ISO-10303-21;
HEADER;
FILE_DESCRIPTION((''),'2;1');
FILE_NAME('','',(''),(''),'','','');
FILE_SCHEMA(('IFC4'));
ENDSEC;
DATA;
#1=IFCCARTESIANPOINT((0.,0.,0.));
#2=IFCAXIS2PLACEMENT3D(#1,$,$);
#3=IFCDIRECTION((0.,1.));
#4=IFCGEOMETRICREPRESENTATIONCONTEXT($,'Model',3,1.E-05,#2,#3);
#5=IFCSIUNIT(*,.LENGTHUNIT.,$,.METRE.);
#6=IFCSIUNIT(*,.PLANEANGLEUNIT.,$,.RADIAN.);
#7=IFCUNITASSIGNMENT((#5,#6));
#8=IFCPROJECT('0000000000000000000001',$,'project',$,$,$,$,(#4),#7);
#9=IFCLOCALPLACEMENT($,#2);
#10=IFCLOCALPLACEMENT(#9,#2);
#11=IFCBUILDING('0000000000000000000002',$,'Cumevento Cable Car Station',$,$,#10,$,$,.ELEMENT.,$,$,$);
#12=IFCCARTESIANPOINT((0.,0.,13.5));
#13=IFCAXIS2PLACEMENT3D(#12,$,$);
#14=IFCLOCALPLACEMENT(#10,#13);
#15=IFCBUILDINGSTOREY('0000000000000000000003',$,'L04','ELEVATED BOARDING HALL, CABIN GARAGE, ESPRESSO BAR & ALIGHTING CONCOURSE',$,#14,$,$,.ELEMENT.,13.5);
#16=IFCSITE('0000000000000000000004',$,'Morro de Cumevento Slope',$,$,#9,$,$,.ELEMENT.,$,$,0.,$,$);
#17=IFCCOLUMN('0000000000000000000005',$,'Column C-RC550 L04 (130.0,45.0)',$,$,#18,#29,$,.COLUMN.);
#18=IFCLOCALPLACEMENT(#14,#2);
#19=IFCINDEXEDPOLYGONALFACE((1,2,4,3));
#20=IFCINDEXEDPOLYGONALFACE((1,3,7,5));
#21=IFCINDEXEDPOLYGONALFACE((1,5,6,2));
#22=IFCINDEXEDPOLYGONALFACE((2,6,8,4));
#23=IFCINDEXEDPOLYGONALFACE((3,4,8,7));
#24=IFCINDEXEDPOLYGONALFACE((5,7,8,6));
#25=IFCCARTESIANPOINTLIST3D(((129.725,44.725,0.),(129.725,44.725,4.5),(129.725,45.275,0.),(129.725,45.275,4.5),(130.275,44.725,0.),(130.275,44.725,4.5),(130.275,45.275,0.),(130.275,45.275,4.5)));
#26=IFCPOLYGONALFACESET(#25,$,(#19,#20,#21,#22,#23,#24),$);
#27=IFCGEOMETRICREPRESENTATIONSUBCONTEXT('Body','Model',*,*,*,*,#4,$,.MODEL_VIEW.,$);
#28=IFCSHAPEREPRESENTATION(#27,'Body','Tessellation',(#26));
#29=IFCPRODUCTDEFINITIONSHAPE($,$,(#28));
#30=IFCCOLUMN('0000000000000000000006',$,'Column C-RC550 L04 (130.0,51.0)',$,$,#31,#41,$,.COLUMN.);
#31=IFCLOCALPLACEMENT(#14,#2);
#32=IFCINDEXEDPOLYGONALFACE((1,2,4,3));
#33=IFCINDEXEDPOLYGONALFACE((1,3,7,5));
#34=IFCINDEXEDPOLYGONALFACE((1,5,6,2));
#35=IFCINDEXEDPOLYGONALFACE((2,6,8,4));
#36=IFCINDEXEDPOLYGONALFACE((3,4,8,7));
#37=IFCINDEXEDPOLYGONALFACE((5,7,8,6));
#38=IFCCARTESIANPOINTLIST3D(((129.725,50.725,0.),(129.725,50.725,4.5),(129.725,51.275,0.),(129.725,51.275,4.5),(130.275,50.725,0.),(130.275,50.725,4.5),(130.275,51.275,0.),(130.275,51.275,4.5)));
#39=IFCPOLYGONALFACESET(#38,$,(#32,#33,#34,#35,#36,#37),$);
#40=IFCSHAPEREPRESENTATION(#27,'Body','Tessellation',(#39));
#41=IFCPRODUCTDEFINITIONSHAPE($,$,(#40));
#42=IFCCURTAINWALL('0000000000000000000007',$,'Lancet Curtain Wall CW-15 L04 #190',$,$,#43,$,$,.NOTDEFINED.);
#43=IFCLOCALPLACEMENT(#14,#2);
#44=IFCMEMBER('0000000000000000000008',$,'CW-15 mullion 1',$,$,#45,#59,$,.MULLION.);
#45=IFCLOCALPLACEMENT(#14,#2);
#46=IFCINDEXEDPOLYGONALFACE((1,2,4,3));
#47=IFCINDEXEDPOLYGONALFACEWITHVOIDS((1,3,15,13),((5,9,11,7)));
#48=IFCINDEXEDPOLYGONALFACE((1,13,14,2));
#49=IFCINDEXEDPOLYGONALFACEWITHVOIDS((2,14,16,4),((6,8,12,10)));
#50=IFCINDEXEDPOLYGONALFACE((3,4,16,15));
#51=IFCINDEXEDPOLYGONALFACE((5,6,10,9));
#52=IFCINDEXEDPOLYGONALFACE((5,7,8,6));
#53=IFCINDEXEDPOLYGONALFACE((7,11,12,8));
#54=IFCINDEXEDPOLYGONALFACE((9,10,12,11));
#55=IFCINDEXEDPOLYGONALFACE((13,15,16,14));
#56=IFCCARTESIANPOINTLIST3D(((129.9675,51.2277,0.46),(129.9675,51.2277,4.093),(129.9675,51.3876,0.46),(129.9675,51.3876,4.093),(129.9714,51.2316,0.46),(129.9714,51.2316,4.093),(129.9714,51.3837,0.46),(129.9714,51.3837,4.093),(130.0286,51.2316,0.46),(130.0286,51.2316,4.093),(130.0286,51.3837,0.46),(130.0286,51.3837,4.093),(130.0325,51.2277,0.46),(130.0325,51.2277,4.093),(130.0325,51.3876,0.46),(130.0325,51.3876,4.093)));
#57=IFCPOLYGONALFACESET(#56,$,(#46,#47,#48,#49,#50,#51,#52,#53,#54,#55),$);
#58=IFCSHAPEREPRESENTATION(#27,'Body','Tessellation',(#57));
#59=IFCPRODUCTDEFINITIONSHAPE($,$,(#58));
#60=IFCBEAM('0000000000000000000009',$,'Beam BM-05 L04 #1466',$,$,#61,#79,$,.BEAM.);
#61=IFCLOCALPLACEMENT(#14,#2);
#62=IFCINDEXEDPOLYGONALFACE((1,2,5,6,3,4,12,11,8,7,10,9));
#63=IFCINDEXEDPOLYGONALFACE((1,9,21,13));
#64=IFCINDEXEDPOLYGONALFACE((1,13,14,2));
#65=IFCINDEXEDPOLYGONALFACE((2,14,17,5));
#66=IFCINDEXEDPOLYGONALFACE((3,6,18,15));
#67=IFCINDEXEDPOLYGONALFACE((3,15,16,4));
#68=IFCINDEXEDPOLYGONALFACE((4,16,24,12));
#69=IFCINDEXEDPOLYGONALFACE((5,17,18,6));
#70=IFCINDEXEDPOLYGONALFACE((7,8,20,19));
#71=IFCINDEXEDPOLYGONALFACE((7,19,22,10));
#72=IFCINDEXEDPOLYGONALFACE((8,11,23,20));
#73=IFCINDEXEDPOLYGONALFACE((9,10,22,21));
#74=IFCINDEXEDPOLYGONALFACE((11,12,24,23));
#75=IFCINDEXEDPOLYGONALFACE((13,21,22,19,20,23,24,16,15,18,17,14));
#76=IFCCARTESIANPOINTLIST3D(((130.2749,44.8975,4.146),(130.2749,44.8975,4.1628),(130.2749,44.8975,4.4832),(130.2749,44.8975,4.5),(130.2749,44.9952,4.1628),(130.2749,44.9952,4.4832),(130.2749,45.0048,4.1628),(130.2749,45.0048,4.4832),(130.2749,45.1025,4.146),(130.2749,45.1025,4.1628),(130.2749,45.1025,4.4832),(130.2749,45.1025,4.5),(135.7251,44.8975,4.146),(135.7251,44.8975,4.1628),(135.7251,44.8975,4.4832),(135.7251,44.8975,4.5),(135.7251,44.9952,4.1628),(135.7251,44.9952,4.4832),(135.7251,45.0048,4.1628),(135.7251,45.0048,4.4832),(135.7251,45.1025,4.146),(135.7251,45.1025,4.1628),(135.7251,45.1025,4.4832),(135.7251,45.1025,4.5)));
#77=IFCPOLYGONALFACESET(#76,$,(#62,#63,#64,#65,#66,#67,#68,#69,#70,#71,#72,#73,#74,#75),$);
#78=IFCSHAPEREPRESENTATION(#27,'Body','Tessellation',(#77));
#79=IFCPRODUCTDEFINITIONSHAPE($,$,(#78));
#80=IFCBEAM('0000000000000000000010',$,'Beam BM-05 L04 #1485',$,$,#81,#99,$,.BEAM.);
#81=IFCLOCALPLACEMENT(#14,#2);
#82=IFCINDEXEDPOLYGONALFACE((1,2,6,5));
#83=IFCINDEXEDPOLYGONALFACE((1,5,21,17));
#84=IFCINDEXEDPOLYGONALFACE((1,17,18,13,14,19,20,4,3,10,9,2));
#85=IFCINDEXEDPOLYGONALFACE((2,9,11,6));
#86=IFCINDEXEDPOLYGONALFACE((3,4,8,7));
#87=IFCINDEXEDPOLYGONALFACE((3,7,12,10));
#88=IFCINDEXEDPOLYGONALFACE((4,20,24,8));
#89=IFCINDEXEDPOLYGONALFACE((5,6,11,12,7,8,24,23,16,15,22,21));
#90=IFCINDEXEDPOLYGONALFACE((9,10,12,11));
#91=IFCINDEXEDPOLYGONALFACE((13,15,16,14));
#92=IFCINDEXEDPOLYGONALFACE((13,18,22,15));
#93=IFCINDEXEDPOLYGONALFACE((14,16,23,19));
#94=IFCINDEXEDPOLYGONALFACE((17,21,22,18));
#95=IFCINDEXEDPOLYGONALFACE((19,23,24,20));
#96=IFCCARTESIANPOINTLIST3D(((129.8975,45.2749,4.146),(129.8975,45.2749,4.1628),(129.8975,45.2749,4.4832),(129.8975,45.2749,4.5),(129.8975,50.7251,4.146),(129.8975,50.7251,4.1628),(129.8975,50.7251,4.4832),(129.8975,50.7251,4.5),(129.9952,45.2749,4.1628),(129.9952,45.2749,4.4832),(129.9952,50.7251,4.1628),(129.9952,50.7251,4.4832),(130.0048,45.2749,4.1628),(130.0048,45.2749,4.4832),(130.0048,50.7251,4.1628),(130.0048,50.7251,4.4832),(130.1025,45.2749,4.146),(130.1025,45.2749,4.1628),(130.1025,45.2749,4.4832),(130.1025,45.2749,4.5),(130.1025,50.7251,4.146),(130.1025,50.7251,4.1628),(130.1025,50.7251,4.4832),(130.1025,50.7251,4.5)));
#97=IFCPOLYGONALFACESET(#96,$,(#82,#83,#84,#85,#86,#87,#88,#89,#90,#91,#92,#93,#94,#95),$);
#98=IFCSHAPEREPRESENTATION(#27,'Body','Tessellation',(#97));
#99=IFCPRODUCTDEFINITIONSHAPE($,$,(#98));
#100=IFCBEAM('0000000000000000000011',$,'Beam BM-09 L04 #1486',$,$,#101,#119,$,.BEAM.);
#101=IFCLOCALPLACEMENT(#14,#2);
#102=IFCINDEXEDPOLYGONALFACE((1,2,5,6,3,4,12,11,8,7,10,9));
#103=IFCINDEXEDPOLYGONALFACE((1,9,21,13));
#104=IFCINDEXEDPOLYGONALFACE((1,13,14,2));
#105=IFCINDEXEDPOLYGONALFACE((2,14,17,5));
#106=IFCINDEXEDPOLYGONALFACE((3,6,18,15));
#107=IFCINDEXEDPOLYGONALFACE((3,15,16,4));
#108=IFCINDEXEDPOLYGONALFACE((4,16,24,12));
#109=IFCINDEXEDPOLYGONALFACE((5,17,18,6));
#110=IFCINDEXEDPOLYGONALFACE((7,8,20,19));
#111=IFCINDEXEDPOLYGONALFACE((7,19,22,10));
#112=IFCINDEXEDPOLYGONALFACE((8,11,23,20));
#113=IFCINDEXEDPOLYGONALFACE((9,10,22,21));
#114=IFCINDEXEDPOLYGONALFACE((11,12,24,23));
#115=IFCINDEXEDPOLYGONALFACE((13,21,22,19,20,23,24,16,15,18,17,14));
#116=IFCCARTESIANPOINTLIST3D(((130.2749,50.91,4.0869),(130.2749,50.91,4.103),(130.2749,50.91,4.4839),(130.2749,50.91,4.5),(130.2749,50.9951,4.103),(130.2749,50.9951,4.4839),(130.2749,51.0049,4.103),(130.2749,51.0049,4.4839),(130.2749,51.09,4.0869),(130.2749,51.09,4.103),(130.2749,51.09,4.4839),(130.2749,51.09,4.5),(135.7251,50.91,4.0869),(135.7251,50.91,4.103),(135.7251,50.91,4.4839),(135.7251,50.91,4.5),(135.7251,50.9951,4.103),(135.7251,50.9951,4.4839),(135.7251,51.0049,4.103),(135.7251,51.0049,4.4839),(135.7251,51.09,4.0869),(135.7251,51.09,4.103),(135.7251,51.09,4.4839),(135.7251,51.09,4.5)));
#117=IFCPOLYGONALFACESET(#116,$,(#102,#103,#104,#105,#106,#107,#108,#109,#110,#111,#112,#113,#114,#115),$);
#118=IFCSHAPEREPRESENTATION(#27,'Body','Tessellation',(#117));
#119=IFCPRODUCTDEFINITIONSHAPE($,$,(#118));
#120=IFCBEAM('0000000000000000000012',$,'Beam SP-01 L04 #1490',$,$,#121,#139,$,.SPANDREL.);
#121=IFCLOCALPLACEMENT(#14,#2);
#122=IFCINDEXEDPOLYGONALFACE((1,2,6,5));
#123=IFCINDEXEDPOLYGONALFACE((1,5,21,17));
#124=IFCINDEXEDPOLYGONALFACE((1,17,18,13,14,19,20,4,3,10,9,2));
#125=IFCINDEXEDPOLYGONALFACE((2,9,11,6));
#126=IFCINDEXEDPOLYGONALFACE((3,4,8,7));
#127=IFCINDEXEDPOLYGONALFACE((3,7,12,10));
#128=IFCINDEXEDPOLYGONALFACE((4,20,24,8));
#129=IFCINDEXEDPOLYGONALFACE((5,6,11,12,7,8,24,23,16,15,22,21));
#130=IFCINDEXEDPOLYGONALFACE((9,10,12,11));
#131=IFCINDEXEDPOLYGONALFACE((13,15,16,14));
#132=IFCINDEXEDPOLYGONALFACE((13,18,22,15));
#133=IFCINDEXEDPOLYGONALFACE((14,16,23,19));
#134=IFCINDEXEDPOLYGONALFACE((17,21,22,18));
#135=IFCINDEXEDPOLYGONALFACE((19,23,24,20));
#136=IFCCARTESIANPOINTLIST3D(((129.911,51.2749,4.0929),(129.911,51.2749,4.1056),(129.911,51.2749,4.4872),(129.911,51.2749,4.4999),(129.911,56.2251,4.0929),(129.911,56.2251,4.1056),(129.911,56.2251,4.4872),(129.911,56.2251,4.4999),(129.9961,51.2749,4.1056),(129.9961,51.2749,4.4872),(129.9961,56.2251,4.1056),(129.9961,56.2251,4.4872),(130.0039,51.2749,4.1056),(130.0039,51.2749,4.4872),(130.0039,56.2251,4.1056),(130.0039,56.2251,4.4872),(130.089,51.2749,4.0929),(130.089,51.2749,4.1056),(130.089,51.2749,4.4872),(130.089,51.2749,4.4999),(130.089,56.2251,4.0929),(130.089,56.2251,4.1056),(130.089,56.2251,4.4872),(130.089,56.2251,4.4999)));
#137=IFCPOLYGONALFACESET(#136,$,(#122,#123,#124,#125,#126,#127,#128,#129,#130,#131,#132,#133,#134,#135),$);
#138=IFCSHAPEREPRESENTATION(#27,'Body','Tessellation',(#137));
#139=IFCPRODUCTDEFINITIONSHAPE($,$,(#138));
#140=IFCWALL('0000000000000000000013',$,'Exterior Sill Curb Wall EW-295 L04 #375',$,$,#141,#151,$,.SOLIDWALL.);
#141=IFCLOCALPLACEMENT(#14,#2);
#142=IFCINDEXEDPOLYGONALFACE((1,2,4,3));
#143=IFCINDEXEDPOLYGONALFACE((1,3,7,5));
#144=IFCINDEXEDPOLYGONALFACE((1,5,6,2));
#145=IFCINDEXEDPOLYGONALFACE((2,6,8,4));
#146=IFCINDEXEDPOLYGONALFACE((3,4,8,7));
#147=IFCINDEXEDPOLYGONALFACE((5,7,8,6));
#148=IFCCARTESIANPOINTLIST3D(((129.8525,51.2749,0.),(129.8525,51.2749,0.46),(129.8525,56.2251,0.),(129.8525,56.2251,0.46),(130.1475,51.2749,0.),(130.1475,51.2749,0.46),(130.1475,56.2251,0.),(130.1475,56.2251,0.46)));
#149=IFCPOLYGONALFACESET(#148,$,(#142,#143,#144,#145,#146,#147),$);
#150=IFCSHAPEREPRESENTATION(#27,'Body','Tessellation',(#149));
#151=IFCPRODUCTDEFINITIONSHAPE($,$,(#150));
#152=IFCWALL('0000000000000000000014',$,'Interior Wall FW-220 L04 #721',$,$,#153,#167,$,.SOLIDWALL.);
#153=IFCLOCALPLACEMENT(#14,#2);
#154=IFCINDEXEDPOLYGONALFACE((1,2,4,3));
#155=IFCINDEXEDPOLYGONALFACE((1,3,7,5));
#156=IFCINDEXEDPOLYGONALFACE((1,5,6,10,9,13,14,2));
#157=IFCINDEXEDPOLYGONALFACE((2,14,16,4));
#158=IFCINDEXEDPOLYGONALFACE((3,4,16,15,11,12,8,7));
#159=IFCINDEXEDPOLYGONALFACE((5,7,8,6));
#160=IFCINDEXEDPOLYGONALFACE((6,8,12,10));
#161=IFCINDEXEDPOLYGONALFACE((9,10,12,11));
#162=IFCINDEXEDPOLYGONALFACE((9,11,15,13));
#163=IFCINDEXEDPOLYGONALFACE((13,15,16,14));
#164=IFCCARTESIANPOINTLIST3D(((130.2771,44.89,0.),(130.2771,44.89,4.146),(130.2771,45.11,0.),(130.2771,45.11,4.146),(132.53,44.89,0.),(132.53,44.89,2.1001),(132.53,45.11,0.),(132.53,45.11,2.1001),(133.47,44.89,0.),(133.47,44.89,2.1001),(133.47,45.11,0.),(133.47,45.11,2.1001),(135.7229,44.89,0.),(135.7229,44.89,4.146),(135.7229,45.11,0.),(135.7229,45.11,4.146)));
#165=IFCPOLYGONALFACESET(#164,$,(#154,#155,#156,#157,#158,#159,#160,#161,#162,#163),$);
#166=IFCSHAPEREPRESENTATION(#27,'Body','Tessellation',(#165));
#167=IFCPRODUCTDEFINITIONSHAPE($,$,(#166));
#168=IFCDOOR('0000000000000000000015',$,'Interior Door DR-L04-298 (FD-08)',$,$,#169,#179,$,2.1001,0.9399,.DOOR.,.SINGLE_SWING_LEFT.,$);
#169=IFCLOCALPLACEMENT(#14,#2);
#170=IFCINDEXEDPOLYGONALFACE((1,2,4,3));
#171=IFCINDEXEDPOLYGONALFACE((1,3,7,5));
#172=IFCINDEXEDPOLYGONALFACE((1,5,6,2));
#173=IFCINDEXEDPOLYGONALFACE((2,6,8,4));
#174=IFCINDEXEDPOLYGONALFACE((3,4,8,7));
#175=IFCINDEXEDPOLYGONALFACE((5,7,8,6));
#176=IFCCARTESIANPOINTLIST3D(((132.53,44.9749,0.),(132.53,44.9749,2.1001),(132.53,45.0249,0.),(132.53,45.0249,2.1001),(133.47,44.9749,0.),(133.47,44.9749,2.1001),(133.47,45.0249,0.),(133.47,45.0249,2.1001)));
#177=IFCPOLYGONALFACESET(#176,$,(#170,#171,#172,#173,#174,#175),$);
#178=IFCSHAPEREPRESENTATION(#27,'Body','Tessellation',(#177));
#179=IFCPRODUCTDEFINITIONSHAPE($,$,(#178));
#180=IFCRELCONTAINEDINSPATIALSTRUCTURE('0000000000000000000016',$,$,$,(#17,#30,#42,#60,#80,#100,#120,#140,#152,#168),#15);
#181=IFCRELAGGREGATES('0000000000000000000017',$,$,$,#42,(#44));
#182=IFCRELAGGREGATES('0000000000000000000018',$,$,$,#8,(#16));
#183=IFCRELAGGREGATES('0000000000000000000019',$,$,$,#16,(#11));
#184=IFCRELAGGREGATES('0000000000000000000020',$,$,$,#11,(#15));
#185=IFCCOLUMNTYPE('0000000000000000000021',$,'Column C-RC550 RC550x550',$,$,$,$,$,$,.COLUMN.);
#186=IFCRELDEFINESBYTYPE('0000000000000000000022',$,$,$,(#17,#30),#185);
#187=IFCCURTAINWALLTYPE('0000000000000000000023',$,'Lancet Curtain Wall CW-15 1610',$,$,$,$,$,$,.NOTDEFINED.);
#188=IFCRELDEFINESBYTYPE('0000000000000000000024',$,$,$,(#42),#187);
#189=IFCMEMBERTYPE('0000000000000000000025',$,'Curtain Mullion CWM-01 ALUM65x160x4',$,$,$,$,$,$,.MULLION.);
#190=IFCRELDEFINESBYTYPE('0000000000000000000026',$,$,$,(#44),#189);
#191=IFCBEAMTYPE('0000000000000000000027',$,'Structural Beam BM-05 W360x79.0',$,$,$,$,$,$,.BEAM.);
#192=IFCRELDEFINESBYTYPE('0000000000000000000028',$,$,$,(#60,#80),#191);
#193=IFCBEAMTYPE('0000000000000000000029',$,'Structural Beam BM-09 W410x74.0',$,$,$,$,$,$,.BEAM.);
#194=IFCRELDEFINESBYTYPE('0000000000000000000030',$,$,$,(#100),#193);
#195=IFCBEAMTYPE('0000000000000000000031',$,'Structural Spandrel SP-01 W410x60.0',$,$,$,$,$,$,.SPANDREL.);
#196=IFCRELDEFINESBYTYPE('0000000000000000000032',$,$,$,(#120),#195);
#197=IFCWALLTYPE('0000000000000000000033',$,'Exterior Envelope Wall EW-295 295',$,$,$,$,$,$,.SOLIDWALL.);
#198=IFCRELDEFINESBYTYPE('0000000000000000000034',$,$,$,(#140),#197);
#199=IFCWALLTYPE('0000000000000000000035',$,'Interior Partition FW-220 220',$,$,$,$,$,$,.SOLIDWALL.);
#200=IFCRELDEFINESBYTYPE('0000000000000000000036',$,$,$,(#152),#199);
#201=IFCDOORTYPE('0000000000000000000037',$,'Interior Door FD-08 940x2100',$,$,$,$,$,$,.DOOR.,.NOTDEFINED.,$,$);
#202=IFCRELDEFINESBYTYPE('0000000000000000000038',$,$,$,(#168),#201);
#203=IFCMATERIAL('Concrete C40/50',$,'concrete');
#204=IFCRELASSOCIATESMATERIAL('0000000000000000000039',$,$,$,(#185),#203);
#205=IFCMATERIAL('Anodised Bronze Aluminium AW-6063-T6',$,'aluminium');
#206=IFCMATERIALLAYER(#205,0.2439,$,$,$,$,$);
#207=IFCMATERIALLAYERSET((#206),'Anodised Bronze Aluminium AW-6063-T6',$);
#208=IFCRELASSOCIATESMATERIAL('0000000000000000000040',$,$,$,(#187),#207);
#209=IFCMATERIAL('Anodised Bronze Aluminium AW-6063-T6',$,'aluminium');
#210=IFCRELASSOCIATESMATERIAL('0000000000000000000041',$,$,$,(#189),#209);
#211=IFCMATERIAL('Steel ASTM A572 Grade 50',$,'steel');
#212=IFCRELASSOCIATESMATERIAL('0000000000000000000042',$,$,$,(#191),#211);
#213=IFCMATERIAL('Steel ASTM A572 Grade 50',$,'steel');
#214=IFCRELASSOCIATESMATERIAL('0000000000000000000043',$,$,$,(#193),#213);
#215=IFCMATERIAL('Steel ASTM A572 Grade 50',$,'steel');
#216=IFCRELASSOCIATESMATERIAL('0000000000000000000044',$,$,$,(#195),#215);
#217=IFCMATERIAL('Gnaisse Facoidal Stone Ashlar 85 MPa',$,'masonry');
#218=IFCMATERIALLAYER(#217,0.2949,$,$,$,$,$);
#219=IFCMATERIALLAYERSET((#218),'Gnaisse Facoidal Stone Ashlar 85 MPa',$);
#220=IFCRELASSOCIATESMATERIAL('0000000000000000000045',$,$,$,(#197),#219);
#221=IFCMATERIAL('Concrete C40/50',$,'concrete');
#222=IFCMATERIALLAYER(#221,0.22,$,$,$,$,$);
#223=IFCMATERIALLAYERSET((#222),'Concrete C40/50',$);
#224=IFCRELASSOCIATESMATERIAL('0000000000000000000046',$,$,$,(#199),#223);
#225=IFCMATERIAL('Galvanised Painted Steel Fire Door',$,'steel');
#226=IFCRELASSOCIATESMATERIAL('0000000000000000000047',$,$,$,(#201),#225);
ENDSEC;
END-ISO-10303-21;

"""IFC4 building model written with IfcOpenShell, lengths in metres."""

from ifc_helpers import new_model, si_unit, direction, frame, frame_2d, origin, origin_2d, place, context, subcontext, project, spatial, rectangle, hollow_rectangle, i_section, extrude, material, layer, layer_set, material_profile, profile_set, type_object, element, fill, aggregate, save


model = new_model("IFC4")

# Units and contexts
model_context = context("Model", 3, precision=1e-05, world=origin(), true_north=direction((0.0, 1.0)))
body_context = subcontext(model_context, "Body", "Model", "MODEL_VIEW")
ifc_project = project(units=[si_unit("LENGTHUNIT", "METRE"), si_unit("PLANEANGLEUNIT", "RADIAN")], contexts=[model_context])

# Site, building, storey
site_placement = place(None, origin())
site = spatial("IfcSite", under=ifc_project, at=site_placement, Name="Morro de Cumevento Slope", CompositionType="ELEMENT", RefElevation=0.0)
building_placement = place(site_placement, origin())
building = spatial("IfcBuilding", under=site, at=building_placement, Name="Cumevento Cable Car Station", CompositionType="ELEMENT")
storey_placement = place(building_placement, frame((0.0, 0.0, 13.5)))
storey = spatial("IfcBuildingStorey", under=building, at=storey_placement, Name="L04", Description="ELEVATED BOARDING HALL, CABIN GARAGE, ESPRESSO BAR & ALIGHTING CONCOURSE", CompositionType="ELEMENT", Elevation=13.5)

# Columns
ifc_material_1 = material(Name="Concrete C40/50", Category="concrete")
ifc_material_profile_1 = material_profile(ifc_material_1, rectangle(XDim=0.55, YDim=0.55, at=origin_2d()), Name="RC550x550")
ifc_profile_set_1 = profile_set([ifc_material_profile_1], Name="Concrete C40/50")
column_type = type_object("IfcColumnType", Name="Column C-RC550 RC550x550", PredefinedType="COLUMN", material=ifc_profile_set_1)
for number, where, z_axis, x_axis, name in (
    (1, (130.0, 45.0, 0.0), (0.0, 0.0, 1.0), (1.0, 0.0, 0.0), "Column C-RC550 L04 (130.0,45.0)"),
    (2, (130.0, 51.0, 0.0), (0.0, 0.0, 1.0), (1.0, 0.0, 0.0), "Column C-RC550 L04 (130.0,51.0)"),
):
    element("IfcColumn", number, at=place(storey_placement, frame(where, z_axis=z_axis, x_axis=x_axis)), inside=storey, type_object=column_type, Name=name, PredefinedType="COLUMN", context=body_context, shape_type="SweptSolid", body=[
        extrude(rectangle(XDim=0.55, YDim=0.55, at=origin_2d()), origin(), (0.0, 0.0, 1.0), 4.5),
    ])

# Curtain wall, member
ifc_material_2 = material(Name="Anodised Bronze Aluminium AW-6063-T6", Category="aluminium")
ifc_layer_1 = layer(ifc_material_2, 0.2439)
ifc_layer_set_1 = layer_set([ifc_layer_1], Name="Anodised Bronze Aluminium AW-6063-T6")
curtain_wall_type = type_object("IfcCurtainWallType", Name="Lancet Curtain Wall CW-15 1610", PredefinedType="NOTDEFINED", material=ifc_layer_set_1)
curtain_wall_placement = place(storey_placement, origin())
curtain_wall = element("IfcCurtainWall", 3, at=curtain_wall_placement, inside=storey, type_object=curtain_wall_type, Name="Lancet Curtain Wall CW-15 L04 #190", PredefinedType="NOTDEFINED")
ifc_material_3 = material(Name="Anodised Bronze Aluminium AW-6063-T6", Category="aluminium")
ifc_material_profile_2 = material_profile(ifc_material_3, hollow_rectangle(XDim=0.0649, YDim=0.1599, WallThickness=0.0039, at=origin_2d()), Name="ALUM65x160x4")
ifc_profile_set_2 = profile_set([ifc_material_profile_2], Name="Anodised Bronze Aluminium AW-6063-T6")
member_type = type_object("IfcMemberType", Name="Curtain Mullion CWM-01 ALUM65x160x4", PredefinedType="MULLION", material=ifc_profile_set_2)
member_placement = place(storey_placement, frame((130.0, 51.3076, 0.46), z_axis=(0.0, 0.0, 1.0), x_axis=(-1.0, 0.0, 0.0)))
member = element("IfcMember", 4, at=member_placement, type_object=member_type, Name="CW-15 mullion 1", PredefinedType="MULLION", context=body_context, shape_type="SweptSolid", body=[
    extrude(hollow_rectangle(XDim=0.0649, YDim=0.1599, WallThickness=0.0039, at=origin_2d()), origin(), (0.0, 0.0, 1.0), 3.6331),
])
aggregate(curtain_wall, [member])

# Beams
ifc_material_4 = material(Name="Steel ASTM A572 Grade 50", Category="steel")
ifc_material_profile_3 = material_profile(ifc_material_4, i_section(OverallWidth=0.2051, OverallDepth=0.354, WebThickness=0.0095, FlangeThickness=0.0168, at=origin_2d()), Name="W360x79.0")
ifc_profile_set_3 = profile_set([ifc_material_profile_3], Name="Steel ASTM A572 Grade 50")
beam_type_1 = type_object("IfcBeamType", Name="Structural Beam BM-05 W360x79.0", PredefinedType="BEAM", material=ifc_profile_set_3)
for number, where, z_axis, x_axis, name in (
    (5, (130.2749, 45.0, 4.323), (1.0, 0.0, 0.0), (0.0, 1.0, 0.0), "Beam BM-05 L04 #1466"),
    (6, (130.0, 45.2749, 4.323), (0.0, 1.0, 0.0), (-1.0, 0.0, 0.0), "Beam BM-05 L04 #1485"),
):
    element("IfcBeam", number, at=place(storey_placement, frame(where, z_axis=z_axis, x_axis=x_axis)), inside=storey, type_object=beam_type_1, Name=name, PredefinedType="BEAM", context=body_context, shape_type="SweptSolid", body=[
        extrude(i_section(OverallWidth=0.2051, OverallDepth=0.354, WebThickness=0.0095, FlangeThickness=0.0168, at=origin_2d()), origin(), (0.0, 0.0, 1.0), 5.4502),
    ])
ifc_material_5 = material(Name="Steel ASTM A572 Grade 50", Category="steel")
ifc_material_profile_4 = material_profile(ifc_material_5, i_section(OverallWidth=0.1799, OverallDepth=0.4131, WebThickness=0.0098, FlangeThickness=0.0161, at=origin_2d()), Name="W410x74.0")
ifc_profile_set_4 = profile_set([ifc_material_profile_4], Name="Steel ASTM A572 Grade 50")
beam_type_2 = type_object("IfcBeamType", Name="Structural Beam BM-09 W410x74.0", PredefinedType="BEAM", material=ifc_profile_set_4)
beam_1_placement = place(storey_placement, frame((130.2749, 51.0, 4.2935), z_axis=(1.0, 0.0, 0.0), x_axis=(0.0, 1.0, 0.0)))
element("IfcBeam", 7, at=beam_1_placement, inside=storey, type_object=beam_type_2, Name="Beam BM-09 L04 #1486", PredefinedType="BEAM", context=body_context, shape_type="SweptSolid", body=[
    extrude(i_section(OverallWidth=0.1799, OverallDepth=0.4131, WebThickness=0.0098, FlangeThickness=0.0161, at=origin_2d()), origin(), (0.0, 0.0, 1.0), 5.4502),
])
ifc_material_6 = material(Name="Steel ASTM A572 Grade 50", Category="steel")
ifc_material_profile_5 = material_profile(ifc_material_6, i_section(OverallWidth=0.178, OverallDepth=0.407, WebThickness=0.0078, FlangeThickness=0.0127, at=origin_2d()), Name="W410x60.0")
ifc_profile_set_5 = profile_set([ifc_material_profile_5], Name="Steel ASTM A572 Grade 50")
beam_type_3 = type_object("IfcBeamType", Name="Structural Spandrel SP-01 W410x60.0", PredefinedType="SPANDREL", material=ifc_profile_set_5)
beam_2_placement = place(storey_placement, frame((130.0, 51.2749, 4.2964), z_axis=(0.0, 1.0, 0.0), x_axis=(-1.0, 0.0, 0.0)))
element("IfcBeam", 8, at=beam_2_placement, inside=storey, type_object=beam_type_3, Name="Beam SP-01 L04 #1490", PredefinedType="SPANDREL", context=body_context, shape_type="SweptSolid", body=[
    extrude(i_section(OverallWidth=0.178, OverallDepth=0.407, WebThickness=0.0078, FlangeThickness=0.0127, at=origin_2d()), origin(), (0.0, 0.0, 1.0), 4.9502),
])

# Wall
ifc_material_7 = material(Name="Gnaisse Facoidal Stone Ashlar 85 MPa", Category="masonry")
ifc_layer_2 = layer(ifc_material_7, 0.2949)
ifc_layer_set_2 = layer_set([ifc_layer_2], Name="Gnaisse Facoidal Stone Ashlar 85 MPa")
wall_type_1 = type_object("IfcWallType", Name="Exterior Envelope Wall EW-295 295", PredefinedType="SOLIDWALL", material=ifc_layer_set_2)
wall_1_placement = place(storey_placement, frame((130.0, 51.2749, 0.0), z_axis=(0.0, 0.0, 1.0), x_axis=(0.0, 1.0, 0.0)))
element("IfcWall", 9, at=wall_1_placement, inside=storey, type_object=wall_type_1, Name="Exterior Sill Curb Wall EW-295 L04 #375", PredefinedType="SOLIDWALL", context=body_context, shape_type="SweptSolid", body=[
    extrude(rectangle(XDim=4.9502, YDim=0.2949, at=frame_2d((2.4751, 0.0))), origin(), (0.0, 0.0, 1.0), 0.46),
])

# Wall, opening, door
ifc_material_8 = material(Name="Concrete C40/50", Category="concrete")
ifc_layer_3 = layer(ifc_material_8, 0.22)
ifc_layer_set_3 = layer_set([ifc_layer_3], Name="Concrete C40/50")
wall_type_2 = type_object("IfcWallType", Name="Interior Partition FW-220 220", PredefinedType="SOLIDWALL", material=ifc_layer_set_3)
wall_2_placement = place(storey_placement, frame((130.2771, 45.0, 0.0), z_axis=(0.0, 0.0, 1.0), x_axis=(1.0, 0.0, 0.0)))
wall_2 = element("IfcWall", 10, at=wall_2_placement, inside=storey, type_object=wall_type_2, Name="Interior Wall FW-220 L04 #721", PredefinedType="SOLIDWALL", context=body_context, shape_type="SweptSolid", body=[
    extrude(rectangle(XDim=5.4458, YDim=0.22, at=frame_2d((2.7229, 0.0))), origin(), (0.0, 0.0, 1.0), 4.146),
])
opening_1_placement = place(wall_2_placement, frame((2.2529, 0.0, 0.0)))
opening_1 = element("IfcOpeningElement", 11, at=opening_1_placement, cuts=wall_2, PredefinedType="OPENING", context=body_context, shape_type="SweptSolid", body=[
    extrude(rectangle(XDim=0.9399, YDim=2.1001, at=frame_2d((0.47, 1.05))), frame((0.0, 0.1199, 0.0), z_axis=(0.0, -1.0, 0.0), x_axis=(1.0, 0.0, 0.0)), (0.0, 0.0, 1.0), 0.24),
])
ifc_material_9 = material(Name="Galvanised Painted Steel Fire Door", Category="steel")
door_type_1 = type_object("IfcDoorType", Name="Interior Door FD-08 940x2100", OperationType="NOTDEFINED", PredefinedType="DOOR", material=ifc_material_9)
door_1_placement = place(opening_1_placement, origin())
door_1 = element("IfcDoor", 12, at=door_1_placement, inside=storey, type_object=door_type_1, Name="Interior Door DR-L04-298 (FD-08)", OperationType="SINGLE_SWING_LEFT", OverallHeight=2.1001, OverallWidth=0.9399, PredefinedType="DOOR", context=body_context, shape_type="SweptSolid", body=[
    extrude(rectangle(XDim=0.9399, YDim=2.1001, at=frame_2d((0.47, 1.05))), frame((0.0, 0.0249, 0.0), z_axis=(0.0, -1.0, 0.0), x_axis=(1.0, 0.0, 0.0)), (0.0, 0.0, 1.0), 0.05),
])
fill(opening_1, door_1)

save(model, "model.ifc")
